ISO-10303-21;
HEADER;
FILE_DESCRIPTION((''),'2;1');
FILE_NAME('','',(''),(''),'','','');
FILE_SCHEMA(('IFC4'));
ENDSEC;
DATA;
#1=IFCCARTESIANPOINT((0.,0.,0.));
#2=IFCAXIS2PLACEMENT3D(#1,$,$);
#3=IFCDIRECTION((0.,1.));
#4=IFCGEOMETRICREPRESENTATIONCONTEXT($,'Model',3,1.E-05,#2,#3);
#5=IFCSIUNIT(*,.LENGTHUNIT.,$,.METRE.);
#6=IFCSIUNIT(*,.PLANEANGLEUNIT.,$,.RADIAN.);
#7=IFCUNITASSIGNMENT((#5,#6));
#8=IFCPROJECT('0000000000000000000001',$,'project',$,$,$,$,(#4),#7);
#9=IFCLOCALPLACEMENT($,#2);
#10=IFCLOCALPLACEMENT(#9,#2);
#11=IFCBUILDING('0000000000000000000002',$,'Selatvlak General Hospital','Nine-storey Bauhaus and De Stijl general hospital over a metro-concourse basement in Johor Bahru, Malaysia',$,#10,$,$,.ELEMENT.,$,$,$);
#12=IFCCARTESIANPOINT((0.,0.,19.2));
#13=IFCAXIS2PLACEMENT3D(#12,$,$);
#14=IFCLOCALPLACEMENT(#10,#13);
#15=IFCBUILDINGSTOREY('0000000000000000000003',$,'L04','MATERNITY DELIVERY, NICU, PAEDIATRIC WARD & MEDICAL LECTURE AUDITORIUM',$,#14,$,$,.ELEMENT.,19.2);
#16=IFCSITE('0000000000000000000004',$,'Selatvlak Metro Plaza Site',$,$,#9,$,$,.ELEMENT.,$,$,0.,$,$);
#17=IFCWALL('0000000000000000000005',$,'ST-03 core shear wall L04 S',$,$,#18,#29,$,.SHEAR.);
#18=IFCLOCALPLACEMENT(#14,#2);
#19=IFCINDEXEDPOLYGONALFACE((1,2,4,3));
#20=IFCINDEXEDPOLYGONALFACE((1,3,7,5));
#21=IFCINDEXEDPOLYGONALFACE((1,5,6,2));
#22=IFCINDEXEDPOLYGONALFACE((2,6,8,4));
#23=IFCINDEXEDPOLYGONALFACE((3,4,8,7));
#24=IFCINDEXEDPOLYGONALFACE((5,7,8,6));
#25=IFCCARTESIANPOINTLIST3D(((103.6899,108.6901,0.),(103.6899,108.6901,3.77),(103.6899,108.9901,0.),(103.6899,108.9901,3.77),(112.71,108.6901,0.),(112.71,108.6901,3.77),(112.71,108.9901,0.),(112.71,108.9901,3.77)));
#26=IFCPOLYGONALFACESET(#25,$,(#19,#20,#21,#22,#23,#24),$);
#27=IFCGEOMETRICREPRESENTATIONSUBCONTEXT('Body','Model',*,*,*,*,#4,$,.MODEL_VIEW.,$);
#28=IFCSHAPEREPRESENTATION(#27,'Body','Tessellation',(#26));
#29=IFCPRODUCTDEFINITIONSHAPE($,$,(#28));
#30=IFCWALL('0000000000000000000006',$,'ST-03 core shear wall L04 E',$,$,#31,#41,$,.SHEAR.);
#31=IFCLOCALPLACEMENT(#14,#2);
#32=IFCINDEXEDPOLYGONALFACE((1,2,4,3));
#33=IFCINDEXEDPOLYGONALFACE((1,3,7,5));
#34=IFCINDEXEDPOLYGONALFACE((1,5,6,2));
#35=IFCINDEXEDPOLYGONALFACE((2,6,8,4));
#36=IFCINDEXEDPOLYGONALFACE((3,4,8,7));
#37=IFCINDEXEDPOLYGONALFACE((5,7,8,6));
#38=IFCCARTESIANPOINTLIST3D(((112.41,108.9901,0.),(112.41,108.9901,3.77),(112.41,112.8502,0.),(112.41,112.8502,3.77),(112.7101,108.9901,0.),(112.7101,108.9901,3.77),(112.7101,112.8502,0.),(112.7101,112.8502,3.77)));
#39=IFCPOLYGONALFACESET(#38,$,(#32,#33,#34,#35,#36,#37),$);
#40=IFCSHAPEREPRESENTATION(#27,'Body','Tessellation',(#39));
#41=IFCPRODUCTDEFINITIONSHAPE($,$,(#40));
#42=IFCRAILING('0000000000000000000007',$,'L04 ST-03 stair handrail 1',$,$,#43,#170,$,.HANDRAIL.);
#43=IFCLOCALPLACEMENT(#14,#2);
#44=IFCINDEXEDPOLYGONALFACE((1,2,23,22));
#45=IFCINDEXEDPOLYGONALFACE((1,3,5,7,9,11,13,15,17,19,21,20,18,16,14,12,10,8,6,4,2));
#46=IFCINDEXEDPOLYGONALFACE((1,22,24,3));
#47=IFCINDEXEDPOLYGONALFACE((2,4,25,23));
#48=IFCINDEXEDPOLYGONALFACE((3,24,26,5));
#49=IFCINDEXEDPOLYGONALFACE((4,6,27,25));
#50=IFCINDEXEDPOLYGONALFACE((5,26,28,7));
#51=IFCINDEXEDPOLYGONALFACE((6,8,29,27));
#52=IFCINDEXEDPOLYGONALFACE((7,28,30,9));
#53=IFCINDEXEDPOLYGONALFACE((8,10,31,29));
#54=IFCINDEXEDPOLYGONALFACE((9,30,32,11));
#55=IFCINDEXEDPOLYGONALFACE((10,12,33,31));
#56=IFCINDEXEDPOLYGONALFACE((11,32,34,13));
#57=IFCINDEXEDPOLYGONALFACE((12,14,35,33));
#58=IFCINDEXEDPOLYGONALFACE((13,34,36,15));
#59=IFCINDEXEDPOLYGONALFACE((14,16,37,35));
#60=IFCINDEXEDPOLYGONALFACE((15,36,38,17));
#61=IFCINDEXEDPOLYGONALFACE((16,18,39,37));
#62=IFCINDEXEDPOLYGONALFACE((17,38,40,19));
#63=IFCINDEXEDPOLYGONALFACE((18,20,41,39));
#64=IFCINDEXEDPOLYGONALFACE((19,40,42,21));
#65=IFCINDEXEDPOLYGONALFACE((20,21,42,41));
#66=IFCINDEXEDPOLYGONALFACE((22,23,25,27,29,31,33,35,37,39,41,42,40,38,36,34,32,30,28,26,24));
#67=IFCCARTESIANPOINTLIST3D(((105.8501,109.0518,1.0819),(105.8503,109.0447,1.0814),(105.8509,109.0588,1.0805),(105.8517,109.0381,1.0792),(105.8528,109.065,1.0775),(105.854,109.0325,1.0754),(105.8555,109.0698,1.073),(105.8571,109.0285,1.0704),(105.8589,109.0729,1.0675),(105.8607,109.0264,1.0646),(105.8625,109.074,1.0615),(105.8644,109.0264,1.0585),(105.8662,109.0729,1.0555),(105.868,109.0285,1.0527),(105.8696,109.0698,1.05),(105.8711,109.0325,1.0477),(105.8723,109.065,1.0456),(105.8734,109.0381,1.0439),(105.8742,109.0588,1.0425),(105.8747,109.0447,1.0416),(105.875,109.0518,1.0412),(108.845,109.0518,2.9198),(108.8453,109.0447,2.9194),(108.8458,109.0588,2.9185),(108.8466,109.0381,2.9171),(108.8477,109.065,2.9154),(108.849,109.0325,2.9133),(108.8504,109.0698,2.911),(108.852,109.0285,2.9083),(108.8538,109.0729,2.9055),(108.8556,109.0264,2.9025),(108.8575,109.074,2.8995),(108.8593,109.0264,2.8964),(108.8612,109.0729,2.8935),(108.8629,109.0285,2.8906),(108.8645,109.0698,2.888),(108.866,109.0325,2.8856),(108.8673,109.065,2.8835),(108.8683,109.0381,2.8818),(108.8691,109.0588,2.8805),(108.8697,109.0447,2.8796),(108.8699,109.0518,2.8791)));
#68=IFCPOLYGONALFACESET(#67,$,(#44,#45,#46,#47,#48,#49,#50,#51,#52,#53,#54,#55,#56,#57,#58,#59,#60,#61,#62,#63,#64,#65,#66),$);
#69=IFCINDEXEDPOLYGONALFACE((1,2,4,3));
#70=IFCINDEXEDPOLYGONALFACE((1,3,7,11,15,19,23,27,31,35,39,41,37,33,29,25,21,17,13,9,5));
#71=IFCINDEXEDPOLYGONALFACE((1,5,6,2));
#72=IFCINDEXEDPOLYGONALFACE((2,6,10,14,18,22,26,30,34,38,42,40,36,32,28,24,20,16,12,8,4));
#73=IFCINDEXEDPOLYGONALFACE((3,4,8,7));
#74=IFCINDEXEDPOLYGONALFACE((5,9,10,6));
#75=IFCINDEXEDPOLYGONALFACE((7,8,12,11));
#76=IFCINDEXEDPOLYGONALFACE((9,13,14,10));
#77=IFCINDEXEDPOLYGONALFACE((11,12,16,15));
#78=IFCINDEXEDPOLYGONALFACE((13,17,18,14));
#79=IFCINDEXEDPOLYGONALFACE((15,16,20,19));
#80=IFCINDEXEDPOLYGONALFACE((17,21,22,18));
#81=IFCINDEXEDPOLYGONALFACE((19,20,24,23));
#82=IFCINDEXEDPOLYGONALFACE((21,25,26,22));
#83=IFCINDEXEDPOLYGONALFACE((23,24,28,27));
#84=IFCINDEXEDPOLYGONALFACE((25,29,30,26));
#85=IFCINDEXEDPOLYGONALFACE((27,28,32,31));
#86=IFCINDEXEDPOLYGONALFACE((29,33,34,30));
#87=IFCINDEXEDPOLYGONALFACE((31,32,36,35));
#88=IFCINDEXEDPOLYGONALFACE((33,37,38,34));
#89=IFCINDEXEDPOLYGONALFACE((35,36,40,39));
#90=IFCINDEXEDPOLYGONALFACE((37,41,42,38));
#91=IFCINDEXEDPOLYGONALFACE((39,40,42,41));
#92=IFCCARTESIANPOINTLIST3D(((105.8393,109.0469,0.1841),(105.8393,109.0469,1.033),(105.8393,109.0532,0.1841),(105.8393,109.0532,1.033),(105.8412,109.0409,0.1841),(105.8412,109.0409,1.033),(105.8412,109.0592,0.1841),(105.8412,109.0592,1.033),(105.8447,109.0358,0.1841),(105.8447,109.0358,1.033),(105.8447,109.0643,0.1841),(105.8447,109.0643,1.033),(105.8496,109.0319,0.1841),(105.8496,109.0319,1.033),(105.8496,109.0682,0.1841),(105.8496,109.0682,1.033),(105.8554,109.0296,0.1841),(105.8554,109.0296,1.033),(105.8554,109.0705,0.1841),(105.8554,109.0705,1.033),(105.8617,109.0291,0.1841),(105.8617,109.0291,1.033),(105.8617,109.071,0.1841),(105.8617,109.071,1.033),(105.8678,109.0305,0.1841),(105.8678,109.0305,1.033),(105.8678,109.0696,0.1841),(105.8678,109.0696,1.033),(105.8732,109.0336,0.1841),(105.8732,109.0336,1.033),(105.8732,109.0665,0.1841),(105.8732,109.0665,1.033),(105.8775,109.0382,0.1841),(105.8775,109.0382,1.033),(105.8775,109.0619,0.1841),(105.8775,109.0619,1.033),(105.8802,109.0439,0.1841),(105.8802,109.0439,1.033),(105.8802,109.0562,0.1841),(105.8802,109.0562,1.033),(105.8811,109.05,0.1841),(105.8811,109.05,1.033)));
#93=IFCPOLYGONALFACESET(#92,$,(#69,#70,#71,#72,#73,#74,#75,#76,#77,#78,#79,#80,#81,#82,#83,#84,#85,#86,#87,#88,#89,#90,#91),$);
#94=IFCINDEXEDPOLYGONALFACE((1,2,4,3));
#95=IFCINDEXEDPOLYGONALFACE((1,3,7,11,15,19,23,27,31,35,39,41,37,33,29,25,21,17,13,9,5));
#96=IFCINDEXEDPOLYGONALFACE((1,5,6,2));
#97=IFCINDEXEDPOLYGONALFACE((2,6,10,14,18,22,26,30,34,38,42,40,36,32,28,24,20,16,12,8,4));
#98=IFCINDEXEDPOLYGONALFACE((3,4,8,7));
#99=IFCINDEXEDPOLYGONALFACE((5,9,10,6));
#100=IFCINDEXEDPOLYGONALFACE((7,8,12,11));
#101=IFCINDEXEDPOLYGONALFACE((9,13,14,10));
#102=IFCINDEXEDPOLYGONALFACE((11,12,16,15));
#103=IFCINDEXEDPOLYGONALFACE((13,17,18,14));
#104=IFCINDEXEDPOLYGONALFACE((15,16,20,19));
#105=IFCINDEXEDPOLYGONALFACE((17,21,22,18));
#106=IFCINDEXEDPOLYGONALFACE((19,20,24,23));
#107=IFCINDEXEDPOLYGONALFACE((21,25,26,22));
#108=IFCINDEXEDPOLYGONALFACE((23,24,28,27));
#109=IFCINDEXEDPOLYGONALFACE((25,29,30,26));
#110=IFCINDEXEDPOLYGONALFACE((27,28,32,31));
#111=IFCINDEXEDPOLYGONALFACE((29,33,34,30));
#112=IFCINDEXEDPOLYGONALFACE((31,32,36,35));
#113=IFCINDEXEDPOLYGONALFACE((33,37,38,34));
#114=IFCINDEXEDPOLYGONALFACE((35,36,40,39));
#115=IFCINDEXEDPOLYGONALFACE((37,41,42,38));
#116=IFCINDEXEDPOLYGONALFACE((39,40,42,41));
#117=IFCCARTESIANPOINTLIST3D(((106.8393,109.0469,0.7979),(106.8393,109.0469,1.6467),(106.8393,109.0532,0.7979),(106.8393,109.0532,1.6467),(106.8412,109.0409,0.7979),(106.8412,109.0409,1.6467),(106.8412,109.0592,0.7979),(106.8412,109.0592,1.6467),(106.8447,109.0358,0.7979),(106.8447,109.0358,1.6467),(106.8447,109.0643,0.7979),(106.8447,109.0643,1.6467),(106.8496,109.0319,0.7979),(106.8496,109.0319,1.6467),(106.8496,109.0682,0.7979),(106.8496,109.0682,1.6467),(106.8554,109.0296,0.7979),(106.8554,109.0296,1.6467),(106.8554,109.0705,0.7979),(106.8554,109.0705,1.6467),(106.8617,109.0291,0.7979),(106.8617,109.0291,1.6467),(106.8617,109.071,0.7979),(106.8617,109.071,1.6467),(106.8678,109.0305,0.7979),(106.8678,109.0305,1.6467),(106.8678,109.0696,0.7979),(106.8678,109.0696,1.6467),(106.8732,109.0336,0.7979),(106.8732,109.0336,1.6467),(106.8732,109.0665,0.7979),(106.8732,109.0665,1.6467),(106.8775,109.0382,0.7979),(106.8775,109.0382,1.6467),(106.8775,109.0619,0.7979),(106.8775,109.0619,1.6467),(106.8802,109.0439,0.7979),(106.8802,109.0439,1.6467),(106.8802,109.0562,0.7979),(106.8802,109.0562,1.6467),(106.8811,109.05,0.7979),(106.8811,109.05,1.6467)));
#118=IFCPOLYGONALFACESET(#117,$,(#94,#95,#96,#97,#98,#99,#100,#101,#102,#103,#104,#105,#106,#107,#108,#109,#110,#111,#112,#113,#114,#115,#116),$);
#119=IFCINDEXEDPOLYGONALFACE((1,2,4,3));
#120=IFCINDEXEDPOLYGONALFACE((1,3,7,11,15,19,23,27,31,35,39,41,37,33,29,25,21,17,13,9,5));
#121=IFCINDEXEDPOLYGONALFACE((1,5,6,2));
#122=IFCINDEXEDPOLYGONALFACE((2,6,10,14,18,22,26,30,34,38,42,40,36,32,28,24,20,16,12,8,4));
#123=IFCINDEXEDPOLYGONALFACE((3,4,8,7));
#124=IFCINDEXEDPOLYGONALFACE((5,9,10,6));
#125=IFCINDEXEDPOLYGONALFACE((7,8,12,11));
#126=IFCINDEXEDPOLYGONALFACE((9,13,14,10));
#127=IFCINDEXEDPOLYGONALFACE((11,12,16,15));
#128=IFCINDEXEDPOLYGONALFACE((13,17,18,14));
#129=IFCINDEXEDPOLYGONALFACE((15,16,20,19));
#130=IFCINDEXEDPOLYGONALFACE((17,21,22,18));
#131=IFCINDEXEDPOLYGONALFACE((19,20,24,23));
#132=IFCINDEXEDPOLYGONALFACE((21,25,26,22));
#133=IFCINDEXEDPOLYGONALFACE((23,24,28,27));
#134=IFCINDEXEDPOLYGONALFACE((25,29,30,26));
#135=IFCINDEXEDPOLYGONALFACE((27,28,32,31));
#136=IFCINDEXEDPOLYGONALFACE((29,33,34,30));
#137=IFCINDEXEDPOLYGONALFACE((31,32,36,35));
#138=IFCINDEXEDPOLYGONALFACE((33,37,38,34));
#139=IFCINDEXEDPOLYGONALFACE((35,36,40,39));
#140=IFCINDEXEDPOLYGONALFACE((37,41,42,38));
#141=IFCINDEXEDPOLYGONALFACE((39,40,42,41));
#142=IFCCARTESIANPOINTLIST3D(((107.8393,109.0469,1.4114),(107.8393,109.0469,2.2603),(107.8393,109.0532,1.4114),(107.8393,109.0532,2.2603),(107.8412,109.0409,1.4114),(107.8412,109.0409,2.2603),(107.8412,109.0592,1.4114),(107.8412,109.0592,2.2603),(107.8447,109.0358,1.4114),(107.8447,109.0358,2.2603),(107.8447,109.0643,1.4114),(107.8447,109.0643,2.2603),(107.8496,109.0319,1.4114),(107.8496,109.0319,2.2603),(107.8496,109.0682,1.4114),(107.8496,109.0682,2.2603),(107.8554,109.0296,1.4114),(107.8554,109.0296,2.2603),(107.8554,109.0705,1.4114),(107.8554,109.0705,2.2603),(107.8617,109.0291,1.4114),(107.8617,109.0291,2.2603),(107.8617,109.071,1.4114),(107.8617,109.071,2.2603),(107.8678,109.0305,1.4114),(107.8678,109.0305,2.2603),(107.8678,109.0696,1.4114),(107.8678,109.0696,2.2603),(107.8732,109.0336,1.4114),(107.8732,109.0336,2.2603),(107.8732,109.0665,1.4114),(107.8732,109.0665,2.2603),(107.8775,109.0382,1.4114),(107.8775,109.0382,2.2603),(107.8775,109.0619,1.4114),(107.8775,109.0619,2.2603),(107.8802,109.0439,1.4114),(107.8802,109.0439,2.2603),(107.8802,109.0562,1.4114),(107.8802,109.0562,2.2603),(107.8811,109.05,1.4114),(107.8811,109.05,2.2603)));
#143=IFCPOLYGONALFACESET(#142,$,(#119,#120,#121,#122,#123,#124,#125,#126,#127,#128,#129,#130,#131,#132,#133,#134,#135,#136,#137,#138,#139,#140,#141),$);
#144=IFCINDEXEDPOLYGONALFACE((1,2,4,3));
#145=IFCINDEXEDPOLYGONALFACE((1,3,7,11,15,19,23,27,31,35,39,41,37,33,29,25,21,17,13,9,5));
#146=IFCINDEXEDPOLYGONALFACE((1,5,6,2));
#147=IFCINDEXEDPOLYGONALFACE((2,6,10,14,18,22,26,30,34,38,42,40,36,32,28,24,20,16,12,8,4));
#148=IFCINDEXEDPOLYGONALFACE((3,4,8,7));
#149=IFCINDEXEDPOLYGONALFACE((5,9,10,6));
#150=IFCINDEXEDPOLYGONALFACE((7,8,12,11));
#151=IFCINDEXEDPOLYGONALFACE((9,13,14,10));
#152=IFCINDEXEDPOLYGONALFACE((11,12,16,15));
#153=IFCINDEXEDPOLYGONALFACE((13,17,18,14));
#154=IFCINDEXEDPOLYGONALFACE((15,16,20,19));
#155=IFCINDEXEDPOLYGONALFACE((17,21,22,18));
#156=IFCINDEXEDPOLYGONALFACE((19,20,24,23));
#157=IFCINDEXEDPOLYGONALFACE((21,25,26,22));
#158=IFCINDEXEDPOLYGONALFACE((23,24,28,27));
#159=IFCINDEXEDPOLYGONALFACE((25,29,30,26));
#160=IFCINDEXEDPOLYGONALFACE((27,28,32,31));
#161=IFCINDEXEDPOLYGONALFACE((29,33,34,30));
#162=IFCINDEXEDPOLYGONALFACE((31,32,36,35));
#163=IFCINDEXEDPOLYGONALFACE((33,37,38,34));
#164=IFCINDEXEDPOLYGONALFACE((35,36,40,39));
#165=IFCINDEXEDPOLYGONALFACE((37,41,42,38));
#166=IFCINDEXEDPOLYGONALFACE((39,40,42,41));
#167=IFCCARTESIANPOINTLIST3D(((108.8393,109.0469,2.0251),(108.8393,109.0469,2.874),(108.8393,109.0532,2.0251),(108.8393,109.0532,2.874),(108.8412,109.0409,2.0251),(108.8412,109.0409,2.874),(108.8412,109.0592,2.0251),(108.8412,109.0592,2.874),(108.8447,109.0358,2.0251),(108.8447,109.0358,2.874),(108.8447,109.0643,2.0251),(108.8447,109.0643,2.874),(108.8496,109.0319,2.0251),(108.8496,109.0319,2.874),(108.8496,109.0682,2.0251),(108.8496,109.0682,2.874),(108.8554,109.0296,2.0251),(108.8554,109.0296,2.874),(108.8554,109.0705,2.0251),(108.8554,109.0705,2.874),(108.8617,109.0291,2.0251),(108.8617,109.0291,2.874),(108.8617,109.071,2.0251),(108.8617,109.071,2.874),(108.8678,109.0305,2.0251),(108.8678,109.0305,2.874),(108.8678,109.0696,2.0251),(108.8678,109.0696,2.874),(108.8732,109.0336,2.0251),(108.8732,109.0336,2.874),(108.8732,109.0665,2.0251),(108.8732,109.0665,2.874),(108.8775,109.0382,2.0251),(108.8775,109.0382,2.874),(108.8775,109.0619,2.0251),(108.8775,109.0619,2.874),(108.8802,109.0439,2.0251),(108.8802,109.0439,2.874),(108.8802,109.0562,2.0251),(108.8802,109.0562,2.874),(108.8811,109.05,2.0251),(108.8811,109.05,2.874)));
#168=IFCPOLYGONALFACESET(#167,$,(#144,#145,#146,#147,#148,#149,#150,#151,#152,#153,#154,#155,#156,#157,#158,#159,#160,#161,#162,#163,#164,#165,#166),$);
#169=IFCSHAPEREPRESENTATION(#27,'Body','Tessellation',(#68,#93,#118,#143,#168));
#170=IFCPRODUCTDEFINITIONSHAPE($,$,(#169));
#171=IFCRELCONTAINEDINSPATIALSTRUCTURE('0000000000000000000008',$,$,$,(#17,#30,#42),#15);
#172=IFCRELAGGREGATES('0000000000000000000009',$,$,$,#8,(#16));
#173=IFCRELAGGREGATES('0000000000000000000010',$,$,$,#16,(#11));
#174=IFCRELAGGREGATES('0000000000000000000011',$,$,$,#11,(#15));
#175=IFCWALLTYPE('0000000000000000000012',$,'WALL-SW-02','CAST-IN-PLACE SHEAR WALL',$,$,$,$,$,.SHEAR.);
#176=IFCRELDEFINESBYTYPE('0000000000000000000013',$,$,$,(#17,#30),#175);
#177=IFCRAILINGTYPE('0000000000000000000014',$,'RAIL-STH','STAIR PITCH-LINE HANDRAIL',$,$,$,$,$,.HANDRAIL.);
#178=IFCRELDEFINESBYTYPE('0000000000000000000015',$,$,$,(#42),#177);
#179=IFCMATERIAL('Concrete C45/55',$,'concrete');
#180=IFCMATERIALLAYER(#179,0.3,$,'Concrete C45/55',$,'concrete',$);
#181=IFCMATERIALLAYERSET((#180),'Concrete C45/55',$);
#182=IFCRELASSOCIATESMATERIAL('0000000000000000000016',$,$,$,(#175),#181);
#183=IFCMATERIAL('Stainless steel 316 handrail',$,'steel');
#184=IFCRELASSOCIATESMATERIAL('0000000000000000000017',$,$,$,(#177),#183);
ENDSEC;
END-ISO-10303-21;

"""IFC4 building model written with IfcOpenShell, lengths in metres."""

from ifc_helpers import new_model, si_unit, direction, frame, frame_2d, origin, origin_2d, place, context, subcontext, project, spatial, rectangle, circle, extrude, material, layer, layer_set, type_object, element, save


model = new_model("IFC4")

# Units and contexts
model_context = context("Model", 3, precision=1e-05, world=origin(), true_north=direction((0.0, 1.0)))
body_context = subcontext(model_context, "Body", "Model", "MODEL_VIEW")
ifc_project = project(units=[si_unit("LENGTHUNIT", "METRE"), si_unit("PLANEANGLEUNIT", "RADIAN")], contexts=[model_context])

# Site, building, storey
site_placement = place(None, origin())
site = spatial("IfcSite", under=ifc_project, at=site_placement, Name="Selatvlak Metro Plaza Site", CompositionType="ELEMENT", RefElevation=0.0)
building_placement = place(site_placement, origin())
building = spatial("IfcBuilding", under=site, at=building_placement, Name="Selatvlak General Hospital", Description="Nine-storey Bauhaus and De Stijl general hospital over a metro-concourse basement in Johor Bahru, Malaysia", CompositionType="ELEMENT")
storey_placement = place(building_placement, frame((0.0, 0.0, 19.2)))
storey = spatial("IfcBuildingStorey", under=building, at=storey_placement, Name="L04", Description="MATERNITY DELIVERY, NICU, PAEDIATRIC WARD & MEDICAL LECTURE AUDITORIUM", CompositionType="ELEMENT", Elevation=19.2)

# Walls
ifc_material_1 = material(Name="Concrete C45/55", Category="concrete")
ifc_layer_1 = layer(ifc_material_1, 0.3, Name="Concrete C45/55", Category="concrete")
ifc_layer_set_1 = layer_set([ifc_layer_1], Name="Concrete C45/55")
wall_type_1 = type_object("IfcWallType", Name="WALL-SW-02", Description="CAST-IN-PLACE SHEAR WALL", PredefinedType="SHEAR", material=ifc_layer_set_1)
wall_1_placement = place(storey_placement, frame((103.6899, 108.8401, 0.0), z_axis=(0.0, 0.0, 1.0), x_axis=(1.0, 0.0, 0.0)))
element("IfcWall", 1, at=wall_1_placement, inside=storey, type_object=wall_type_1, Name="ST-03 core shear wall L04 S", PredefinedType="SHEAR", context=body_context, shape_type="SweptSolid", body=[
    extrude(rectangle(XDim=9.02, YDim=0.3, at=frame_2d((4.51, 0.0))), origin(), (0.0, 0.0, 1.0), 3.77),
])
wall_2_placement = place(storey_placement, frame((112.5601, 108.99, 0.0), z_axis=(0.0, 0.0, 1.0), x_axis=(0.0, 1.0, 0.0)))
element("IfcWall", 2, at=wall_2_placement, inside=storey, type_object=wall_type_1, Name="ST-03 core shear wall L04 E", PredefinedType="SHEAR", context=body_context, shape_type="SweptSolid", body=[
    extrude(rectangle(XDim=3.8601, YDim=0.3, at=frame_2d((1.9302, 0.0))), origin(), (0.0, 0.0, 1.0), 3.77),
])

# Railing
ifc_material_2 = material(Name="Stainless steel 316 handrail", Category="steel")
railing_type = type_object("IfcRailingType", Name="RAIL-STH", Description="STAIR PITCH-LINE HANDRAIL", PredefinedType="HANDRAIL", material=ifc_material_2)
railing_placement = place(storey_placement, frame((105.8601, 109.05, 0.1841)))
element("IfcRailing", 3, at=railing_placement, inside=storey, type_object=railing_type, Name="L04 ST-03 stair handrail 1", PredefinedType="HANDRAIL", context=body_context, shape_type="SweptSolid", body=[
    extrude(circle(Radius=0.0239, at=origin_2d()), frame((0.0024, 0.0, 0.8774), z_axis=(0.852303, 0.0, 0.523048), x_axis=(0.0, 1.0, 0.0)), (0.0, 0.0, 1.0), 3.5139),
    extrude(circle(Radius=0.021, at=origin_2d()), origin(), (0.0, 0.0, 1.0), 0.8489),
    extrude(circle(Radius=0.021, at=origin_2d()), frame((1.0, 0.0, 0.6138)), (0.0, 0.0, 1.0), 0.8489),
    extrude(circle(Radius=0.021, at=origin_2d()), frame((2.0, 0.0, 1.2273)), (0.0, 0.0, 1.0), 0.8489),
    extrude(circle(Radius=0.021, at=origin_2d()), frame((3.0, 0.0, 1.8411)), (0.0, 0.0, 1.0), 0.8489),
])

save(model, "model.ifc")
